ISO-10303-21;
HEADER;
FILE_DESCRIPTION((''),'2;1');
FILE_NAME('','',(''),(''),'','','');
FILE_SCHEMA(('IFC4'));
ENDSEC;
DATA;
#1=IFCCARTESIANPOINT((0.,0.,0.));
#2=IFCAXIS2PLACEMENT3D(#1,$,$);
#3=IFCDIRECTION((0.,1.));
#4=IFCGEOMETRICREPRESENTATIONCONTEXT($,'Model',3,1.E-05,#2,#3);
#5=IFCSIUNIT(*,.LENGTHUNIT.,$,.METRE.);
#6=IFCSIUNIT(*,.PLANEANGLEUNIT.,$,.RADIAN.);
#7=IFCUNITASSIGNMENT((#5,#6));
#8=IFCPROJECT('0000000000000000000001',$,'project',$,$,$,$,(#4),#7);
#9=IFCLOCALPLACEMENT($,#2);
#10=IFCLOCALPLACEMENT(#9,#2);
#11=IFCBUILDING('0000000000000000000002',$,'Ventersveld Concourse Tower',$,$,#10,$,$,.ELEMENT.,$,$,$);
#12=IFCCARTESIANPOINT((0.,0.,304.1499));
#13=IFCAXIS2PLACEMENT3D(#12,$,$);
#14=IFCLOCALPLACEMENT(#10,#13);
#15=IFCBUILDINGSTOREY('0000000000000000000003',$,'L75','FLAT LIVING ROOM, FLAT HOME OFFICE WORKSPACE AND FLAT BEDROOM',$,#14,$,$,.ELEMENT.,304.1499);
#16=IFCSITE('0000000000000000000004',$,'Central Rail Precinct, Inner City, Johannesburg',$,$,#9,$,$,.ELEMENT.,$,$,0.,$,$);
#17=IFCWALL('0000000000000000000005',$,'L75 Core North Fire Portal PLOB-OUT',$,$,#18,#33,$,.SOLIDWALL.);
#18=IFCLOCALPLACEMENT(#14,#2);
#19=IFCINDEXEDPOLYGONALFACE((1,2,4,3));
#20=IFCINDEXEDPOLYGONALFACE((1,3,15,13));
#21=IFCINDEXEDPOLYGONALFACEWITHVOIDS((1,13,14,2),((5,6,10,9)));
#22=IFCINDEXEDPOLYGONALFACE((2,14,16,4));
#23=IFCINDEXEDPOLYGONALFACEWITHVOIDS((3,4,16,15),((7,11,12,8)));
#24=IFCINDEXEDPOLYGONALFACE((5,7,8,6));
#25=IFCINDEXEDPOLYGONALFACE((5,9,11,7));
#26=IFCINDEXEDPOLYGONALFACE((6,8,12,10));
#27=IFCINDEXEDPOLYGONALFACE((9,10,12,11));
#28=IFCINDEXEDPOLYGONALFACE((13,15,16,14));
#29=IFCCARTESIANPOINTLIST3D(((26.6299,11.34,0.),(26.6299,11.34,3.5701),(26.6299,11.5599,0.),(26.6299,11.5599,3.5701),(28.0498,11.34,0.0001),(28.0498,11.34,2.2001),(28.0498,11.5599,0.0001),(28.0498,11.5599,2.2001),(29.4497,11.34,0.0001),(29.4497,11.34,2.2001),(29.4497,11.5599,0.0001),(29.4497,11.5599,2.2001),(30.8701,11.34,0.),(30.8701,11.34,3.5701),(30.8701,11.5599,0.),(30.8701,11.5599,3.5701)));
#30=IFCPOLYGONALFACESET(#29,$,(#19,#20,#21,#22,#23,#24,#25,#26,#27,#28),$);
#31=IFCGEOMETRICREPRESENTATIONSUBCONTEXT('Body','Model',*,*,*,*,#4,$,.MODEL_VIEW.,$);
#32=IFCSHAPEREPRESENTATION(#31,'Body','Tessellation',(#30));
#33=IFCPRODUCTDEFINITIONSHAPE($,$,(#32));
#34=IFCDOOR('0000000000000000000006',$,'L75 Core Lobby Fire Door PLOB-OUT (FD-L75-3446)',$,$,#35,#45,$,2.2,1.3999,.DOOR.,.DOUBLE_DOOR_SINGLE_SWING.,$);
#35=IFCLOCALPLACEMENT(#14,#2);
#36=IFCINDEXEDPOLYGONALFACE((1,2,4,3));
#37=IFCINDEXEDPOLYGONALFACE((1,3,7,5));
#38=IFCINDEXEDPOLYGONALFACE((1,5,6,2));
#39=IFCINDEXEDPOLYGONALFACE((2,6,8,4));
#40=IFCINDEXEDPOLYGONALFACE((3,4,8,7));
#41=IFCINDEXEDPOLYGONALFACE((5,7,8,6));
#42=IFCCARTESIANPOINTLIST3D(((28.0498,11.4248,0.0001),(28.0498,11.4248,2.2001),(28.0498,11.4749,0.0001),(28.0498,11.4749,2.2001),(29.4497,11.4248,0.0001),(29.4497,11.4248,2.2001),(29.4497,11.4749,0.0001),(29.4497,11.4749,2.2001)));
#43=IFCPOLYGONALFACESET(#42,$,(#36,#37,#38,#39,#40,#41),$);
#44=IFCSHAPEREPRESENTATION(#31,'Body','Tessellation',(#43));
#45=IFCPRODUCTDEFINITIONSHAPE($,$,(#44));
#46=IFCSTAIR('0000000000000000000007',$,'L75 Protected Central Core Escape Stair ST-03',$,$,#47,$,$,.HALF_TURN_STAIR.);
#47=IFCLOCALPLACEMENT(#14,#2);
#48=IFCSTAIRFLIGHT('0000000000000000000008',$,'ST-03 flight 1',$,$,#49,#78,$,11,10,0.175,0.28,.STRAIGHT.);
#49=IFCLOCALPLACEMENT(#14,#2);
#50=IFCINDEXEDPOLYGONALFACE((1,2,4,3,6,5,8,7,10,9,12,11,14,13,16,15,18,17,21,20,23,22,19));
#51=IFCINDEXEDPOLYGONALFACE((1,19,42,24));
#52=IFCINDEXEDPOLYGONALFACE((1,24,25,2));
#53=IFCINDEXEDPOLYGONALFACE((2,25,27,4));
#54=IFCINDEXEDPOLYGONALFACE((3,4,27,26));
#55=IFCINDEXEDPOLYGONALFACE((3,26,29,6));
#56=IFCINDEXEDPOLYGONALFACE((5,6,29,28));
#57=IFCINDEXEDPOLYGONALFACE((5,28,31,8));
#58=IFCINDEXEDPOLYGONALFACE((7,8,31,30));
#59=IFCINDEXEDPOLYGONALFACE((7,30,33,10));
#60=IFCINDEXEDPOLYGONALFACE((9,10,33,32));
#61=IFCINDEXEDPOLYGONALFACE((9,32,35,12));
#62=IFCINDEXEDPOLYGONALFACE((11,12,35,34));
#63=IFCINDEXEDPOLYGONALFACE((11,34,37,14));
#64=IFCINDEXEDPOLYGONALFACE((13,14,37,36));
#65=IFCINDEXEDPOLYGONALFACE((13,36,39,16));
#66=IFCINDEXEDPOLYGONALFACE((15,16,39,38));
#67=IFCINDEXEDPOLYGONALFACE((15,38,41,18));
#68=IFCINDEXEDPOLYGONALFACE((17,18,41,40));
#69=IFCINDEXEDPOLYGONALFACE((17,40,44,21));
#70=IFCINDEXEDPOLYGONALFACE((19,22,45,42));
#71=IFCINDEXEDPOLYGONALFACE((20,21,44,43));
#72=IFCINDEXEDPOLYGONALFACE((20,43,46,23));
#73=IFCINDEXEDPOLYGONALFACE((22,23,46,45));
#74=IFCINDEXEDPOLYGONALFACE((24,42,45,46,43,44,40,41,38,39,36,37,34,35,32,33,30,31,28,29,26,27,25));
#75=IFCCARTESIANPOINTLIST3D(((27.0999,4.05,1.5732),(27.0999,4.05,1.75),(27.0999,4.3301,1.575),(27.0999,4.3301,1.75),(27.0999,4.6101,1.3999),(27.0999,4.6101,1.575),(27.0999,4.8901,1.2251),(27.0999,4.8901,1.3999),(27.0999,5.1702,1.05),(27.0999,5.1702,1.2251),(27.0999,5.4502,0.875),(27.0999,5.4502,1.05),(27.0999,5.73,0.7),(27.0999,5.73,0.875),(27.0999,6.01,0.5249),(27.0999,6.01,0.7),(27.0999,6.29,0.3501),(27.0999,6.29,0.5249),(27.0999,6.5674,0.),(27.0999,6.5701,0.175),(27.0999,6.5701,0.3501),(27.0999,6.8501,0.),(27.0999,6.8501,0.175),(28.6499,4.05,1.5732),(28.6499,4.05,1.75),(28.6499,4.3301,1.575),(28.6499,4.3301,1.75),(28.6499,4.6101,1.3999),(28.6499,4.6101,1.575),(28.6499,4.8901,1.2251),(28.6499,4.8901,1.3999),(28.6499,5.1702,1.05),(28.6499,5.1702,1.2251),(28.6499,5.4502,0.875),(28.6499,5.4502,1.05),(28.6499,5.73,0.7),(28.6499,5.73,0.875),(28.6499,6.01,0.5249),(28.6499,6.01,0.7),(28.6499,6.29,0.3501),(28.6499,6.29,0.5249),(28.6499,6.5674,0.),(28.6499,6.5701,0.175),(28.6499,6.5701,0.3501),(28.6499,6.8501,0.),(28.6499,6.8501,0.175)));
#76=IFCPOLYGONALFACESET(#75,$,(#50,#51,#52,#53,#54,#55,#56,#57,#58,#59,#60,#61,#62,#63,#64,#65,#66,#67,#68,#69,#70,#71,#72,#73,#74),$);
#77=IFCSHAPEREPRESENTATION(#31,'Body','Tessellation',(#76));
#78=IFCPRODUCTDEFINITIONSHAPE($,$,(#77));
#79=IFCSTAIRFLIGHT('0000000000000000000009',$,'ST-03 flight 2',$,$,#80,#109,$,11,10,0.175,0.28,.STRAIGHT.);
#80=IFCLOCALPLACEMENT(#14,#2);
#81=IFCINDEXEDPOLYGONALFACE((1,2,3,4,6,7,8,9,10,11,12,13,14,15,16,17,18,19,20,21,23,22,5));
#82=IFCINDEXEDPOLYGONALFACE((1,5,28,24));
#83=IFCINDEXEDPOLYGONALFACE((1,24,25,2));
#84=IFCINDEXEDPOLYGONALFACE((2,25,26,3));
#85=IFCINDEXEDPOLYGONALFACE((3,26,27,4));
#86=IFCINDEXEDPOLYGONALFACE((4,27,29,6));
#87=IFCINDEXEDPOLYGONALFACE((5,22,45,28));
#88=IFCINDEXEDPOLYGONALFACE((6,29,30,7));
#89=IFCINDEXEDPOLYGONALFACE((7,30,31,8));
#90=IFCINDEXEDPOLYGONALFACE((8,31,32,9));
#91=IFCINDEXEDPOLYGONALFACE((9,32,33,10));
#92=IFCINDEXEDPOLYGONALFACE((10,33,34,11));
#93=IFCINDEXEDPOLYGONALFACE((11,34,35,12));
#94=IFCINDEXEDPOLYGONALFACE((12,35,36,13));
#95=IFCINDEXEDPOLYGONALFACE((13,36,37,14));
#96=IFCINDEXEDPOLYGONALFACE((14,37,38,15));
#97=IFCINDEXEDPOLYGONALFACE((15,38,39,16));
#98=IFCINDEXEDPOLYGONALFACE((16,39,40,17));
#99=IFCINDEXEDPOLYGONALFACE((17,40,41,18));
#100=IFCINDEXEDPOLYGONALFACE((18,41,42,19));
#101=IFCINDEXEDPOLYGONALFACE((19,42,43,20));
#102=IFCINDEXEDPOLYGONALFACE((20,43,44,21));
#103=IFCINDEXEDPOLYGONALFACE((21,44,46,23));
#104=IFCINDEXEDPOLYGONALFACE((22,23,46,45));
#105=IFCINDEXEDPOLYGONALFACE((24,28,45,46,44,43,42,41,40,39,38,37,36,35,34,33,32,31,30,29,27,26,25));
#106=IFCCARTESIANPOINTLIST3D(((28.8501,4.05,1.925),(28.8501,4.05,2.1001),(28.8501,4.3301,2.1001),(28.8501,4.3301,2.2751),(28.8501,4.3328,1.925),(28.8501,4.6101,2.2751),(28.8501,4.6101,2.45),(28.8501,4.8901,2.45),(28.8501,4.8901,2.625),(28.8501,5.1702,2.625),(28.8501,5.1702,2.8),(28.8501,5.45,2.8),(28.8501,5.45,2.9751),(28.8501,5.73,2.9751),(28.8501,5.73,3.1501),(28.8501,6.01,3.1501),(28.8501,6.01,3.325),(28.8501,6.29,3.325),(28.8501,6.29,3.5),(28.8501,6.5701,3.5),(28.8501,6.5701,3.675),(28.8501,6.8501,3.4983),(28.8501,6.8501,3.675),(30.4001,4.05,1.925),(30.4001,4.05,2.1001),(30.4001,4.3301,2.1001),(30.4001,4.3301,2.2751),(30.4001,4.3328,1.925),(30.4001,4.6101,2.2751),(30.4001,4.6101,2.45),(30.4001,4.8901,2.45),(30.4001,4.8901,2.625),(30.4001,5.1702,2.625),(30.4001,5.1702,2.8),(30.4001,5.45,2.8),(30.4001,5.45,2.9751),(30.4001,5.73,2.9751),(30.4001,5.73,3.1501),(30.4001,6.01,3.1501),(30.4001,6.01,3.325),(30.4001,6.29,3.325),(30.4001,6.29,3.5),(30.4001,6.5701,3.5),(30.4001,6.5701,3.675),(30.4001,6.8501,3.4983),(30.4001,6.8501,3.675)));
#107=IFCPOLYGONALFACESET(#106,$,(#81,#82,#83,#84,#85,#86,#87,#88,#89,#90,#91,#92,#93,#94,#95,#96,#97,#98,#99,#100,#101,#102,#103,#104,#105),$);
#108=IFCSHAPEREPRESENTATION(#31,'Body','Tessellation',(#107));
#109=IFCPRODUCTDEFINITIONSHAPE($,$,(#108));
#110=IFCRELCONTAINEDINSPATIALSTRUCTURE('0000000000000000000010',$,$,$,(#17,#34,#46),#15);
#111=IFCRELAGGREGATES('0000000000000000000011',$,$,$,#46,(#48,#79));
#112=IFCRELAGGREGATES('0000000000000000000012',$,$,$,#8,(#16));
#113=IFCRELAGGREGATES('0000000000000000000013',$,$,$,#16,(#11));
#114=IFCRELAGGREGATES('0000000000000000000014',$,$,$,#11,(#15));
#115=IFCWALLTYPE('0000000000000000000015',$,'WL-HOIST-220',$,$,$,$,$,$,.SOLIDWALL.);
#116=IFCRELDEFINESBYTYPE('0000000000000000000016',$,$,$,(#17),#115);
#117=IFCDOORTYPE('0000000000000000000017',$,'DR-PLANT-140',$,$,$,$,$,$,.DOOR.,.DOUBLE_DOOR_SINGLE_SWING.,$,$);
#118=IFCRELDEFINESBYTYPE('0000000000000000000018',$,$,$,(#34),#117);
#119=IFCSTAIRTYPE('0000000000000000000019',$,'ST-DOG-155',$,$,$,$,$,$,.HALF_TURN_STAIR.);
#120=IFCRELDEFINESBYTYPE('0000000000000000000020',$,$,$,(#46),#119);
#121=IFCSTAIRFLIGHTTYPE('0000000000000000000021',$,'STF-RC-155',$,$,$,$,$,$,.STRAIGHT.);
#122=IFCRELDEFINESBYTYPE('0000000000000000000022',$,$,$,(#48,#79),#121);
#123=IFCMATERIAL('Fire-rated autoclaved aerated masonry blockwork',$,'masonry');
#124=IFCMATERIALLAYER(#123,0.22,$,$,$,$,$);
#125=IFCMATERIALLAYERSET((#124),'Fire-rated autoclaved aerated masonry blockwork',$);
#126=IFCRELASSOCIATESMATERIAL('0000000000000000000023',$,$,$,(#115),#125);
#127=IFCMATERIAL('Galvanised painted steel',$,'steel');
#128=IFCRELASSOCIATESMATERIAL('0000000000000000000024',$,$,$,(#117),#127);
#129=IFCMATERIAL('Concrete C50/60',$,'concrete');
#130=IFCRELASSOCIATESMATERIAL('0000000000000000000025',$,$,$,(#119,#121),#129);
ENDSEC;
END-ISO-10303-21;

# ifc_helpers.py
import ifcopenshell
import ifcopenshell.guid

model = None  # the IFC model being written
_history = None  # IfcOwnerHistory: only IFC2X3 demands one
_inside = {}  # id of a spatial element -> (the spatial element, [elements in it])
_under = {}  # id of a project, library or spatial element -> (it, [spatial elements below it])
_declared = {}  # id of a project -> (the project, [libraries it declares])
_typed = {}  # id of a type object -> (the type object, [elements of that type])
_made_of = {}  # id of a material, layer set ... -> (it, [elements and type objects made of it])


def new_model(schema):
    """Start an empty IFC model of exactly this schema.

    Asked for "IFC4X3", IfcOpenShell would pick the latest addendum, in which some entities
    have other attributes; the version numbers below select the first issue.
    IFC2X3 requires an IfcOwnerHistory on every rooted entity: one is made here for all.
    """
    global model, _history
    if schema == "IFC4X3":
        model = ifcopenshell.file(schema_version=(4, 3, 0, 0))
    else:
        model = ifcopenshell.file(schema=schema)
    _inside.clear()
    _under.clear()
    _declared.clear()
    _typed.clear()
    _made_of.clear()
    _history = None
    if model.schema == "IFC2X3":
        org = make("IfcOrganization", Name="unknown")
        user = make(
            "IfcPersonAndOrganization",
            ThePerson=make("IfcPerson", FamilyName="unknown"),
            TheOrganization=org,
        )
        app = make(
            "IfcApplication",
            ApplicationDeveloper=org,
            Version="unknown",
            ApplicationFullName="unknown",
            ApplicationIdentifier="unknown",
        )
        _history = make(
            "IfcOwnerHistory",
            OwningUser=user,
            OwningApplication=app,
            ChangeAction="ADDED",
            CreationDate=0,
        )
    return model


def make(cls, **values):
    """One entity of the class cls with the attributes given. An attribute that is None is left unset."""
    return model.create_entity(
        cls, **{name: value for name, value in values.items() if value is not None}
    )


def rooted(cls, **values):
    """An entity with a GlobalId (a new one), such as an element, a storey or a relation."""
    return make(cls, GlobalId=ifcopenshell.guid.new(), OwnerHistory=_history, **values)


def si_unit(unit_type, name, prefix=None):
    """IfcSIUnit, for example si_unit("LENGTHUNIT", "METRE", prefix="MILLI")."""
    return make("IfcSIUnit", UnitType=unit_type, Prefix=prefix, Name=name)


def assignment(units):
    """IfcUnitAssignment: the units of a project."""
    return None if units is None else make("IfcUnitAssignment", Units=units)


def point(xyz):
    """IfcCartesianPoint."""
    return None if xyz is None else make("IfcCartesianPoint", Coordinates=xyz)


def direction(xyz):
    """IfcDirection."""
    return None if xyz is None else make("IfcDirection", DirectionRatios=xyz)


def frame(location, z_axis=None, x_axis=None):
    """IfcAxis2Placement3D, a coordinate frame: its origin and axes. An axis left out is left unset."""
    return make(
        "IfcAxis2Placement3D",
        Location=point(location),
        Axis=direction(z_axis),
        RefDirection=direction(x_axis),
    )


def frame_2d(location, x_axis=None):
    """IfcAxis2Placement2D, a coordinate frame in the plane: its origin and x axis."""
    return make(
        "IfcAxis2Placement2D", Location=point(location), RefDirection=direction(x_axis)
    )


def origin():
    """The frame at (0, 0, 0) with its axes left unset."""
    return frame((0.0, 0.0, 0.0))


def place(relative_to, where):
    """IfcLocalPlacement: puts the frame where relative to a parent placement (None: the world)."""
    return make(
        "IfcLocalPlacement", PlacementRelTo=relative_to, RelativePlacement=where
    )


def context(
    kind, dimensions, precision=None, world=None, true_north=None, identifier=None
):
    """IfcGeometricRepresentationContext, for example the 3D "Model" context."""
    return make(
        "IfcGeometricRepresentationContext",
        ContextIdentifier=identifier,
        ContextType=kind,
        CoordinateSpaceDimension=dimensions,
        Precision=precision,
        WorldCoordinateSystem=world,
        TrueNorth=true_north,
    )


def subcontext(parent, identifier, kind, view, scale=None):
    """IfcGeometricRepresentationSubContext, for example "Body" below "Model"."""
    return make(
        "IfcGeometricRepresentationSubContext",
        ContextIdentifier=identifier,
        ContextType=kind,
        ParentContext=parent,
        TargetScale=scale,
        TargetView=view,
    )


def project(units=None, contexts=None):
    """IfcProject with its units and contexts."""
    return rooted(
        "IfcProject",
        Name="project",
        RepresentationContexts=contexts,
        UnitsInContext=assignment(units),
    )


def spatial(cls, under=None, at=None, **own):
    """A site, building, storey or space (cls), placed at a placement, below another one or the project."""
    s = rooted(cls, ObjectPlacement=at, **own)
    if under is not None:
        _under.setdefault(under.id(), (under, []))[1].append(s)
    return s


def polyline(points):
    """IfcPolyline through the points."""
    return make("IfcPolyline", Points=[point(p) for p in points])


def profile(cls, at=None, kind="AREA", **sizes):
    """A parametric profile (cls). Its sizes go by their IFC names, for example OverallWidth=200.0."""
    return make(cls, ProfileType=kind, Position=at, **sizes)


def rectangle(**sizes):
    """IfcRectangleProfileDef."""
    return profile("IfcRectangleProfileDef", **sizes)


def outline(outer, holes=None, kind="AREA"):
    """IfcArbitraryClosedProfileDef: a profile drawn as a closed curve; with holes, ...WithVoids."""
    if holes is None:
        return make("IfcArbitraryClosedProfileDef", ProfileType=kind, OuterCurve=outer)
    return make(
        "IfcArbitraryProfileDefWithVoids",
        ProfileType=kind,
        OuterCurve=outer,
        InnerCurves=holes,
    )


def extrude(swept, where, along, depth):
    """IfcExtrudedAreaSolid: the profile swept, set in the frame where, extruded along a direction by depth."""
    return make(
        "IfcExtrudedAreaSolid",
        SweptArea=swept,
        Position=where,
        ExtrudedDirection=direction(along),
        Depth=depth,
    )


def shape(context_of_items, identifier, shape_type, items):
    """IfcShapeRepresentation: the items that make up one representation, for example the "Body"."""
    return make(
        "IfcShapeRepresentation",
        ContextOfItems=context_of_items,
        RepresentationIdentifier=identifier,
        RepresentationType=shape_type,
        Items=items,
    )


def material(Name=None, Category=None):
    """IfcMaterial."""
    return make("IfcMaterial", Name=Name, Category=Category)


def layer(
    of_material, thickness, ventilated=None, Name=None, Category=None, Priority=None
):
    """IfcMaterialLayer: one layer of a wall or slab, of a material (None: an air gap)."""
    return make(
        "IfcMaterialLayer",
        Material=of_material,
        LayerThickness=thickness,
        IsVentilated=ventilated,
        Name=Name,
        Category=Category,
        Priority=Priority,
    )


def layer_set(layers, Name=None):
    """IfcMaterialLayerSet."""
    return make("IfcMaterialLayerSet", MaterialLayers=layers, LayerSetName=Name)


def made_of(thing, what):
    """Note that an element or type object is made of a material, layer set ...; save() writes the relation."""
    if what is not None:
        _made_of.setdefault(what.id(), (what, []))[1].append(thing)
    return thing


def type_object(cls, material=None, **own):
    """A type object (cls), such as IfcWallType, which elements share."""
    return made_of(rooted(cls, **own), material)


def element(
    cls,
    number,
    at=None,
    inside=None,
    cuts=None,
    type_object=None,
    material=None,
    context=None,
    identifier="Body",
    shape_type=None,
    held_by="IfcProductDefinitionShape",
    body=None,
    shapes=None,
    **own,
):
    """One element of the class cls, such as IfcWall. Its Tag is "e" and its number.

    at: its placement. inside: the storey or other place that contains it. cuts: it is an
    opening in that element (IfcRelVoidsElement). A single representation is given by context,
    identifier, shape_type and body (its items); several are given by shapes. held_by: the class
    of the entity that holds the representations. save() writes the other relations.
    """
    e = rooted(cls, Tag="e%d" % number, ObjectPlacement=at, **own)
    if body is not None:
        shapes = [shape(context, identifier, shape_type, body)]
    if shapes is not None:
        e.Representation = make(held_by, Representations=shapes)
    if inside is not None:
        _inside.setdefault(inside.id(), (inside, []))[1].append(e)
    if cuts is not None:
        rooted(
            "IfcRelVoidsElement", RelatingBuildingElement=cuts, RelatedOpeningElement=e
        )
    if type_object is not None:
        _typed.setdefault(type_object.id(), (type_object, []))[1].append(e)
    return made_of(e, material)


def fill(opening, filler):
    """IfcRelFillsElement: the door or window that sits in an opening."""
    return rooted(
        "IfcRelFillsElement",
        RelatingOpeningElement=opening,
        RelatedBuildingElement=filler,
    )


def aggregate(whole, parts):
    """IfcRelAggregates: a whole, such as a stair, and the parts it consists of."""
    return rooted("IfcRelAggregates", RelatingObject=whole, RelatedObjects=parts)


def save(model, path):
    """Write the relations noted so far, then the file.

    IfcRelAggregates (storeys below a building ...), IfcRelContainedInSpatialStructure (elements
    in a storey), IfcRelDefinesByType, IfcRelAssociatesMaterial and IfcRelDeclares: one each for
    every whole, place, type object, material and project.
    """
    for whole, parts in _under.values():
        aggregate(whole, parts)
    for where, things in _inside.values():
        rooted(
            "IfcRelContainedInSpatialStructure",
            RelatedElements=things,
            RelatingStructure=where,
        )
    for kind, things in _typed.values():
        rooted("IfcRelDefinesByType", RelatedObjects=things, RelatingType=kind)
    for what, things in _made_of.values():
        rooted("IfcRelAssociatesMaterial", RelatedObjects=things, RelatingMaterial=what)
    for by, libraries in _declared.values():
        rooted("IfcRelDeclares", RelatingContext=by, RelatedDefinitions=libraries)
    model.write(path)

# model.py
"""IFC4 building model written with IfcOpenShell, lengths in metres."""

from ifc_helpers import new_model, si_unit, direction, frame, frame_2d, origin, place, context, subcontext, project, spatial, polyline, rectangle, outline, extrude, material, layer, layer_set, type_object, element, fill, aggregate, save


model = new_model("IFC4")

# Units and contexts
model_context = context("Model", 3, precision=1e-05, world=origin(), true_north=direction((0.0, 1.0)))
body_context = subcontext(model_context, "Body", "Model", "MODEL_VIEW")
ifc_project = project(units=[si_unit("LENGTHUNIT", "METRE"), si_unit("PLANEANGLEUNIT", "RADIAN")], contexts=[model_context])

# Site, building, storey
site_placement = place(None, origin())
site = spatial("IfcSite", under=ifc_project, at=site_placement, Name="Central Rail Precinct, Inner City, Johannesburg", CompositionType="ELEMENT", RefElevation=0.0)
building_placement = place(site_placement, origin())
building = spatial("IfcBuilding", under=site, at=building_placement, Name="Ventersveld Concourse Tower", CompositionType="ELEMENT")
storey_placement = place(building_placement, frame((0.0, 0.0, 304.1499)))
storey = spatial("IfcBuildingStorey", under=building, at=storey_placement, Name="L75", Description="FLAT LIVING ROOM, FLAT HOME OFFICE WORKSPACE AND FLAT BEDROOM", CompositionType="ELEMENT", Elevation=304.1499)

# Shared definitions
ifc_material_1 = material(Name="Concrete C50/60", Category="concrete")

# Shared definitions
ifc_material_2 = material(Name="Fire-rated autoclaved aerated masonry blockwork", Category="masonry")
ifc_material_3 = material(Name="Galvanised painted steel", Category="steel")

# Shared definitions
ifc_layer_1 = layer(ifc_material_2, 0.22)
ifc_layer_set_1 = layer_set([ifc_layer_1], Name="Fire-rated autoclaved aerated masonry blockwork")
wall_type_1 = type_object("IfcWallType", Name="WL-HOIST-220", PredefinedType="SOLIDWALL", material=ifc_layer_set_1)

# Wall, opening, door
wall_1_placement = place(storey_placement, frame((26.6299, 11.45, 0.0), z_axis=(0.0, 0.0, 1.0), x_axis=(1.0, 0.0, 0.0)))
wall_1 = element("IfcWall", 1, at=wall_1_placement, inside=storey, type_object=wall_type_1, Name="L75 Core North Fire Portal PLOB-OUT", PredefinedType="SOLIDWALL", context=body_context, shape_type="SweptSolid", body=[
    extrude(rectangle(XDim=4.2402, YDim=0.22, at=frame_2d((2.1201, 0.0))), origin(), (0.0, 0.0, 1.0), 3.5701),
])
opening_1_placement = place(wall_1_placement, frame((1.4199, 0.0, 0.0)))
opening_1 = element("IfcOpeningElement", 2, at=opening_1_placement, cuts=wall_1, PredefinedType="OPENING", context=body_context, shape_type="SweptSolid", body=[
    extrude(rectangle(XDim=1.3999, YDim=2.2, at=frame_2d((0.7, 1.1001))), frame((0.0, 0.1201, 0.0), z_axis=(0.0, -1.0, 0.0), x_axis=(1.0, 0.0, 0.0)), (0.0, 0.0, 1.0), 0.24),
])
door_type_1 = type_object("IfcDoorType", Name="DR-PLANT-140", OperationType="DOUBLE_DOOR_SINGLE_SWING", PredefinedType="DOOR", material=ifc_material_3)
door_1_placement = place(opening_1_placement, origin())
door_1 = element("IfcDoor", 3, at=door_1_placement, inside=storey, type_object=door_type_1, Name="L75 Core Lobby Fire Door PLOB-OUT (FD-L75-3446)", OperationType="DOUBLE_DOOR_SINGLE_SWING", OverallHeight=2.2, OverallWidth=1.3999, PredefinedType="DOOR", context=body_context, shape_type="SweptSolid", body=[
    extrude(rectangle(XDim=1.3999, YDim=2.2, at=frame_2d((0.7, 1.1001))), frame((0.0, 0.0249, 0.0), z_axis=(0.0, -1.0, 0.0), x_axis=(1.0, 0.0, 0.0)), (0.0, 0.0, 1.0), 0.05),
])
fill(opening_1, door_1)

# Stair, stair flights
stair_type = type_object("IfcStairType", Name="ST-DOG-155", PredefinedType="HALF_TURN_STAIR", material=ifc_material_1)
stair_placement = place(storey_placement, origin())
stair = element("IfcStair", 4, at=stair_placement, inside=storey, type_object=stair_type, Name="L75 Protected Central Core Escape Stair ST-03", PredefinedType="HALF_TURN_STAIR")
stair_flight_type = type_object("IfcStairFlightType", Name="STF-RC-155", PredefinedType="STRAIGHT", material=ifc_material_1)
stair_flight_1_placement = place(storey_placement, frame((27.875, 6.8501, 0.0), z_axis=(0.0, 0.0, 1.0), x_axis=(0.0, -1.0, 0.0)))
stair_flight_1 = element("IfcStairFlight", 5, at=stair_flight_1_placement, type_object=stair_flight_type, Name="ST-03 flight 1", NumberOfRisers=11, NumberOfTreads=10, PredefinedType="STRAIGHT", RiserHeight=0.175, TreadLength=0.28, context=body_context, shape_type="SweptSolid", body=[
    extrude(outline(polyline([(0.0, 0.0), (0.0, 0.175), (0.28, 0.175), (0.28, 0.3501), (0.5601, 0.3501), (0.5601, 0.5249), (0.8401, 0.5249), (0.8401, 0.7), (1.1201, 0.7), (1.1201, 0.875), (1.3999, 0.875), (1.3999, 1.05), (1.6799, 1.05), (1.6799, 1.2251), (1.96, 1.2251), (1.96, 1.3999), (2.24, 1.3999), (2.24, 1.575), (2.52, 1.575), (2.52, 1.75), (2.8, 1.75), (2.8, 1.925), (2.8, 1.5732), (0.2827, 0.0), (0.0, 0.0)])), frame((0.0, 0.7749, 0.0), z_axis=(0.0, -1.0, 0.0), x_axis=(1.0, 0.0, 0.0)), (0.0, 0.0, 1.0), 1.55),
])
stair_flight_2_placement = place(storey_placement, frame((29.625, 4.05, 1.925), z_axis=(0.0, 0.0, 1.0), x_axis=(0.0, 1.0, 0.0)))
stair_flight_2 = element("IfcStairFlight", 6, at=stair_flight_2_placement, type_object=stair_flight_type, Name="ST-03 flight 2", NumberOfRisers=11, NumberOfTreads=10, PredefinedType="STRAIGHT", RiserHeight=0.175, TreadLength=0.28, context=body_context, shape_type="SweptSolid", body=[
    extrude(outline(polyline([(0.0, 0.0), (0.0, 0.175), (0.28, 0.175), (0.28, 0.3501), (0.5601, 0.3501), (0.5601, 0.5249), (0.8401, 0.5249), (0.8401, 0.7), (1.1201, 0.7), (1.1201, 0.875), (1.3999, 0.875), (1.3999, 1.05), (1.6799, 1.05), (1.6799, 1.2251), (1.96, 1.2251), (1.96, 1.3999), (2.24, 1.3999), (2.24, 1.575), (2.52, 1.575), (2.52, 1.75), (2.8, 1.75), (2.8, 1.925), (2.8, 1.5732), (0.2827, 0.0), (0.0, 0.0)])), frame((0.0, 0.7749, 0.0), z_axis=(0.0, -1.0, 0.0), x_axis=(1.0, 0.0, 0.0)), (0.0, 0.0, 1.0), 1.55),
])
aggregate(stair, [stair_flight_1, stair_flight_2])

save(model, "model.ifc")
